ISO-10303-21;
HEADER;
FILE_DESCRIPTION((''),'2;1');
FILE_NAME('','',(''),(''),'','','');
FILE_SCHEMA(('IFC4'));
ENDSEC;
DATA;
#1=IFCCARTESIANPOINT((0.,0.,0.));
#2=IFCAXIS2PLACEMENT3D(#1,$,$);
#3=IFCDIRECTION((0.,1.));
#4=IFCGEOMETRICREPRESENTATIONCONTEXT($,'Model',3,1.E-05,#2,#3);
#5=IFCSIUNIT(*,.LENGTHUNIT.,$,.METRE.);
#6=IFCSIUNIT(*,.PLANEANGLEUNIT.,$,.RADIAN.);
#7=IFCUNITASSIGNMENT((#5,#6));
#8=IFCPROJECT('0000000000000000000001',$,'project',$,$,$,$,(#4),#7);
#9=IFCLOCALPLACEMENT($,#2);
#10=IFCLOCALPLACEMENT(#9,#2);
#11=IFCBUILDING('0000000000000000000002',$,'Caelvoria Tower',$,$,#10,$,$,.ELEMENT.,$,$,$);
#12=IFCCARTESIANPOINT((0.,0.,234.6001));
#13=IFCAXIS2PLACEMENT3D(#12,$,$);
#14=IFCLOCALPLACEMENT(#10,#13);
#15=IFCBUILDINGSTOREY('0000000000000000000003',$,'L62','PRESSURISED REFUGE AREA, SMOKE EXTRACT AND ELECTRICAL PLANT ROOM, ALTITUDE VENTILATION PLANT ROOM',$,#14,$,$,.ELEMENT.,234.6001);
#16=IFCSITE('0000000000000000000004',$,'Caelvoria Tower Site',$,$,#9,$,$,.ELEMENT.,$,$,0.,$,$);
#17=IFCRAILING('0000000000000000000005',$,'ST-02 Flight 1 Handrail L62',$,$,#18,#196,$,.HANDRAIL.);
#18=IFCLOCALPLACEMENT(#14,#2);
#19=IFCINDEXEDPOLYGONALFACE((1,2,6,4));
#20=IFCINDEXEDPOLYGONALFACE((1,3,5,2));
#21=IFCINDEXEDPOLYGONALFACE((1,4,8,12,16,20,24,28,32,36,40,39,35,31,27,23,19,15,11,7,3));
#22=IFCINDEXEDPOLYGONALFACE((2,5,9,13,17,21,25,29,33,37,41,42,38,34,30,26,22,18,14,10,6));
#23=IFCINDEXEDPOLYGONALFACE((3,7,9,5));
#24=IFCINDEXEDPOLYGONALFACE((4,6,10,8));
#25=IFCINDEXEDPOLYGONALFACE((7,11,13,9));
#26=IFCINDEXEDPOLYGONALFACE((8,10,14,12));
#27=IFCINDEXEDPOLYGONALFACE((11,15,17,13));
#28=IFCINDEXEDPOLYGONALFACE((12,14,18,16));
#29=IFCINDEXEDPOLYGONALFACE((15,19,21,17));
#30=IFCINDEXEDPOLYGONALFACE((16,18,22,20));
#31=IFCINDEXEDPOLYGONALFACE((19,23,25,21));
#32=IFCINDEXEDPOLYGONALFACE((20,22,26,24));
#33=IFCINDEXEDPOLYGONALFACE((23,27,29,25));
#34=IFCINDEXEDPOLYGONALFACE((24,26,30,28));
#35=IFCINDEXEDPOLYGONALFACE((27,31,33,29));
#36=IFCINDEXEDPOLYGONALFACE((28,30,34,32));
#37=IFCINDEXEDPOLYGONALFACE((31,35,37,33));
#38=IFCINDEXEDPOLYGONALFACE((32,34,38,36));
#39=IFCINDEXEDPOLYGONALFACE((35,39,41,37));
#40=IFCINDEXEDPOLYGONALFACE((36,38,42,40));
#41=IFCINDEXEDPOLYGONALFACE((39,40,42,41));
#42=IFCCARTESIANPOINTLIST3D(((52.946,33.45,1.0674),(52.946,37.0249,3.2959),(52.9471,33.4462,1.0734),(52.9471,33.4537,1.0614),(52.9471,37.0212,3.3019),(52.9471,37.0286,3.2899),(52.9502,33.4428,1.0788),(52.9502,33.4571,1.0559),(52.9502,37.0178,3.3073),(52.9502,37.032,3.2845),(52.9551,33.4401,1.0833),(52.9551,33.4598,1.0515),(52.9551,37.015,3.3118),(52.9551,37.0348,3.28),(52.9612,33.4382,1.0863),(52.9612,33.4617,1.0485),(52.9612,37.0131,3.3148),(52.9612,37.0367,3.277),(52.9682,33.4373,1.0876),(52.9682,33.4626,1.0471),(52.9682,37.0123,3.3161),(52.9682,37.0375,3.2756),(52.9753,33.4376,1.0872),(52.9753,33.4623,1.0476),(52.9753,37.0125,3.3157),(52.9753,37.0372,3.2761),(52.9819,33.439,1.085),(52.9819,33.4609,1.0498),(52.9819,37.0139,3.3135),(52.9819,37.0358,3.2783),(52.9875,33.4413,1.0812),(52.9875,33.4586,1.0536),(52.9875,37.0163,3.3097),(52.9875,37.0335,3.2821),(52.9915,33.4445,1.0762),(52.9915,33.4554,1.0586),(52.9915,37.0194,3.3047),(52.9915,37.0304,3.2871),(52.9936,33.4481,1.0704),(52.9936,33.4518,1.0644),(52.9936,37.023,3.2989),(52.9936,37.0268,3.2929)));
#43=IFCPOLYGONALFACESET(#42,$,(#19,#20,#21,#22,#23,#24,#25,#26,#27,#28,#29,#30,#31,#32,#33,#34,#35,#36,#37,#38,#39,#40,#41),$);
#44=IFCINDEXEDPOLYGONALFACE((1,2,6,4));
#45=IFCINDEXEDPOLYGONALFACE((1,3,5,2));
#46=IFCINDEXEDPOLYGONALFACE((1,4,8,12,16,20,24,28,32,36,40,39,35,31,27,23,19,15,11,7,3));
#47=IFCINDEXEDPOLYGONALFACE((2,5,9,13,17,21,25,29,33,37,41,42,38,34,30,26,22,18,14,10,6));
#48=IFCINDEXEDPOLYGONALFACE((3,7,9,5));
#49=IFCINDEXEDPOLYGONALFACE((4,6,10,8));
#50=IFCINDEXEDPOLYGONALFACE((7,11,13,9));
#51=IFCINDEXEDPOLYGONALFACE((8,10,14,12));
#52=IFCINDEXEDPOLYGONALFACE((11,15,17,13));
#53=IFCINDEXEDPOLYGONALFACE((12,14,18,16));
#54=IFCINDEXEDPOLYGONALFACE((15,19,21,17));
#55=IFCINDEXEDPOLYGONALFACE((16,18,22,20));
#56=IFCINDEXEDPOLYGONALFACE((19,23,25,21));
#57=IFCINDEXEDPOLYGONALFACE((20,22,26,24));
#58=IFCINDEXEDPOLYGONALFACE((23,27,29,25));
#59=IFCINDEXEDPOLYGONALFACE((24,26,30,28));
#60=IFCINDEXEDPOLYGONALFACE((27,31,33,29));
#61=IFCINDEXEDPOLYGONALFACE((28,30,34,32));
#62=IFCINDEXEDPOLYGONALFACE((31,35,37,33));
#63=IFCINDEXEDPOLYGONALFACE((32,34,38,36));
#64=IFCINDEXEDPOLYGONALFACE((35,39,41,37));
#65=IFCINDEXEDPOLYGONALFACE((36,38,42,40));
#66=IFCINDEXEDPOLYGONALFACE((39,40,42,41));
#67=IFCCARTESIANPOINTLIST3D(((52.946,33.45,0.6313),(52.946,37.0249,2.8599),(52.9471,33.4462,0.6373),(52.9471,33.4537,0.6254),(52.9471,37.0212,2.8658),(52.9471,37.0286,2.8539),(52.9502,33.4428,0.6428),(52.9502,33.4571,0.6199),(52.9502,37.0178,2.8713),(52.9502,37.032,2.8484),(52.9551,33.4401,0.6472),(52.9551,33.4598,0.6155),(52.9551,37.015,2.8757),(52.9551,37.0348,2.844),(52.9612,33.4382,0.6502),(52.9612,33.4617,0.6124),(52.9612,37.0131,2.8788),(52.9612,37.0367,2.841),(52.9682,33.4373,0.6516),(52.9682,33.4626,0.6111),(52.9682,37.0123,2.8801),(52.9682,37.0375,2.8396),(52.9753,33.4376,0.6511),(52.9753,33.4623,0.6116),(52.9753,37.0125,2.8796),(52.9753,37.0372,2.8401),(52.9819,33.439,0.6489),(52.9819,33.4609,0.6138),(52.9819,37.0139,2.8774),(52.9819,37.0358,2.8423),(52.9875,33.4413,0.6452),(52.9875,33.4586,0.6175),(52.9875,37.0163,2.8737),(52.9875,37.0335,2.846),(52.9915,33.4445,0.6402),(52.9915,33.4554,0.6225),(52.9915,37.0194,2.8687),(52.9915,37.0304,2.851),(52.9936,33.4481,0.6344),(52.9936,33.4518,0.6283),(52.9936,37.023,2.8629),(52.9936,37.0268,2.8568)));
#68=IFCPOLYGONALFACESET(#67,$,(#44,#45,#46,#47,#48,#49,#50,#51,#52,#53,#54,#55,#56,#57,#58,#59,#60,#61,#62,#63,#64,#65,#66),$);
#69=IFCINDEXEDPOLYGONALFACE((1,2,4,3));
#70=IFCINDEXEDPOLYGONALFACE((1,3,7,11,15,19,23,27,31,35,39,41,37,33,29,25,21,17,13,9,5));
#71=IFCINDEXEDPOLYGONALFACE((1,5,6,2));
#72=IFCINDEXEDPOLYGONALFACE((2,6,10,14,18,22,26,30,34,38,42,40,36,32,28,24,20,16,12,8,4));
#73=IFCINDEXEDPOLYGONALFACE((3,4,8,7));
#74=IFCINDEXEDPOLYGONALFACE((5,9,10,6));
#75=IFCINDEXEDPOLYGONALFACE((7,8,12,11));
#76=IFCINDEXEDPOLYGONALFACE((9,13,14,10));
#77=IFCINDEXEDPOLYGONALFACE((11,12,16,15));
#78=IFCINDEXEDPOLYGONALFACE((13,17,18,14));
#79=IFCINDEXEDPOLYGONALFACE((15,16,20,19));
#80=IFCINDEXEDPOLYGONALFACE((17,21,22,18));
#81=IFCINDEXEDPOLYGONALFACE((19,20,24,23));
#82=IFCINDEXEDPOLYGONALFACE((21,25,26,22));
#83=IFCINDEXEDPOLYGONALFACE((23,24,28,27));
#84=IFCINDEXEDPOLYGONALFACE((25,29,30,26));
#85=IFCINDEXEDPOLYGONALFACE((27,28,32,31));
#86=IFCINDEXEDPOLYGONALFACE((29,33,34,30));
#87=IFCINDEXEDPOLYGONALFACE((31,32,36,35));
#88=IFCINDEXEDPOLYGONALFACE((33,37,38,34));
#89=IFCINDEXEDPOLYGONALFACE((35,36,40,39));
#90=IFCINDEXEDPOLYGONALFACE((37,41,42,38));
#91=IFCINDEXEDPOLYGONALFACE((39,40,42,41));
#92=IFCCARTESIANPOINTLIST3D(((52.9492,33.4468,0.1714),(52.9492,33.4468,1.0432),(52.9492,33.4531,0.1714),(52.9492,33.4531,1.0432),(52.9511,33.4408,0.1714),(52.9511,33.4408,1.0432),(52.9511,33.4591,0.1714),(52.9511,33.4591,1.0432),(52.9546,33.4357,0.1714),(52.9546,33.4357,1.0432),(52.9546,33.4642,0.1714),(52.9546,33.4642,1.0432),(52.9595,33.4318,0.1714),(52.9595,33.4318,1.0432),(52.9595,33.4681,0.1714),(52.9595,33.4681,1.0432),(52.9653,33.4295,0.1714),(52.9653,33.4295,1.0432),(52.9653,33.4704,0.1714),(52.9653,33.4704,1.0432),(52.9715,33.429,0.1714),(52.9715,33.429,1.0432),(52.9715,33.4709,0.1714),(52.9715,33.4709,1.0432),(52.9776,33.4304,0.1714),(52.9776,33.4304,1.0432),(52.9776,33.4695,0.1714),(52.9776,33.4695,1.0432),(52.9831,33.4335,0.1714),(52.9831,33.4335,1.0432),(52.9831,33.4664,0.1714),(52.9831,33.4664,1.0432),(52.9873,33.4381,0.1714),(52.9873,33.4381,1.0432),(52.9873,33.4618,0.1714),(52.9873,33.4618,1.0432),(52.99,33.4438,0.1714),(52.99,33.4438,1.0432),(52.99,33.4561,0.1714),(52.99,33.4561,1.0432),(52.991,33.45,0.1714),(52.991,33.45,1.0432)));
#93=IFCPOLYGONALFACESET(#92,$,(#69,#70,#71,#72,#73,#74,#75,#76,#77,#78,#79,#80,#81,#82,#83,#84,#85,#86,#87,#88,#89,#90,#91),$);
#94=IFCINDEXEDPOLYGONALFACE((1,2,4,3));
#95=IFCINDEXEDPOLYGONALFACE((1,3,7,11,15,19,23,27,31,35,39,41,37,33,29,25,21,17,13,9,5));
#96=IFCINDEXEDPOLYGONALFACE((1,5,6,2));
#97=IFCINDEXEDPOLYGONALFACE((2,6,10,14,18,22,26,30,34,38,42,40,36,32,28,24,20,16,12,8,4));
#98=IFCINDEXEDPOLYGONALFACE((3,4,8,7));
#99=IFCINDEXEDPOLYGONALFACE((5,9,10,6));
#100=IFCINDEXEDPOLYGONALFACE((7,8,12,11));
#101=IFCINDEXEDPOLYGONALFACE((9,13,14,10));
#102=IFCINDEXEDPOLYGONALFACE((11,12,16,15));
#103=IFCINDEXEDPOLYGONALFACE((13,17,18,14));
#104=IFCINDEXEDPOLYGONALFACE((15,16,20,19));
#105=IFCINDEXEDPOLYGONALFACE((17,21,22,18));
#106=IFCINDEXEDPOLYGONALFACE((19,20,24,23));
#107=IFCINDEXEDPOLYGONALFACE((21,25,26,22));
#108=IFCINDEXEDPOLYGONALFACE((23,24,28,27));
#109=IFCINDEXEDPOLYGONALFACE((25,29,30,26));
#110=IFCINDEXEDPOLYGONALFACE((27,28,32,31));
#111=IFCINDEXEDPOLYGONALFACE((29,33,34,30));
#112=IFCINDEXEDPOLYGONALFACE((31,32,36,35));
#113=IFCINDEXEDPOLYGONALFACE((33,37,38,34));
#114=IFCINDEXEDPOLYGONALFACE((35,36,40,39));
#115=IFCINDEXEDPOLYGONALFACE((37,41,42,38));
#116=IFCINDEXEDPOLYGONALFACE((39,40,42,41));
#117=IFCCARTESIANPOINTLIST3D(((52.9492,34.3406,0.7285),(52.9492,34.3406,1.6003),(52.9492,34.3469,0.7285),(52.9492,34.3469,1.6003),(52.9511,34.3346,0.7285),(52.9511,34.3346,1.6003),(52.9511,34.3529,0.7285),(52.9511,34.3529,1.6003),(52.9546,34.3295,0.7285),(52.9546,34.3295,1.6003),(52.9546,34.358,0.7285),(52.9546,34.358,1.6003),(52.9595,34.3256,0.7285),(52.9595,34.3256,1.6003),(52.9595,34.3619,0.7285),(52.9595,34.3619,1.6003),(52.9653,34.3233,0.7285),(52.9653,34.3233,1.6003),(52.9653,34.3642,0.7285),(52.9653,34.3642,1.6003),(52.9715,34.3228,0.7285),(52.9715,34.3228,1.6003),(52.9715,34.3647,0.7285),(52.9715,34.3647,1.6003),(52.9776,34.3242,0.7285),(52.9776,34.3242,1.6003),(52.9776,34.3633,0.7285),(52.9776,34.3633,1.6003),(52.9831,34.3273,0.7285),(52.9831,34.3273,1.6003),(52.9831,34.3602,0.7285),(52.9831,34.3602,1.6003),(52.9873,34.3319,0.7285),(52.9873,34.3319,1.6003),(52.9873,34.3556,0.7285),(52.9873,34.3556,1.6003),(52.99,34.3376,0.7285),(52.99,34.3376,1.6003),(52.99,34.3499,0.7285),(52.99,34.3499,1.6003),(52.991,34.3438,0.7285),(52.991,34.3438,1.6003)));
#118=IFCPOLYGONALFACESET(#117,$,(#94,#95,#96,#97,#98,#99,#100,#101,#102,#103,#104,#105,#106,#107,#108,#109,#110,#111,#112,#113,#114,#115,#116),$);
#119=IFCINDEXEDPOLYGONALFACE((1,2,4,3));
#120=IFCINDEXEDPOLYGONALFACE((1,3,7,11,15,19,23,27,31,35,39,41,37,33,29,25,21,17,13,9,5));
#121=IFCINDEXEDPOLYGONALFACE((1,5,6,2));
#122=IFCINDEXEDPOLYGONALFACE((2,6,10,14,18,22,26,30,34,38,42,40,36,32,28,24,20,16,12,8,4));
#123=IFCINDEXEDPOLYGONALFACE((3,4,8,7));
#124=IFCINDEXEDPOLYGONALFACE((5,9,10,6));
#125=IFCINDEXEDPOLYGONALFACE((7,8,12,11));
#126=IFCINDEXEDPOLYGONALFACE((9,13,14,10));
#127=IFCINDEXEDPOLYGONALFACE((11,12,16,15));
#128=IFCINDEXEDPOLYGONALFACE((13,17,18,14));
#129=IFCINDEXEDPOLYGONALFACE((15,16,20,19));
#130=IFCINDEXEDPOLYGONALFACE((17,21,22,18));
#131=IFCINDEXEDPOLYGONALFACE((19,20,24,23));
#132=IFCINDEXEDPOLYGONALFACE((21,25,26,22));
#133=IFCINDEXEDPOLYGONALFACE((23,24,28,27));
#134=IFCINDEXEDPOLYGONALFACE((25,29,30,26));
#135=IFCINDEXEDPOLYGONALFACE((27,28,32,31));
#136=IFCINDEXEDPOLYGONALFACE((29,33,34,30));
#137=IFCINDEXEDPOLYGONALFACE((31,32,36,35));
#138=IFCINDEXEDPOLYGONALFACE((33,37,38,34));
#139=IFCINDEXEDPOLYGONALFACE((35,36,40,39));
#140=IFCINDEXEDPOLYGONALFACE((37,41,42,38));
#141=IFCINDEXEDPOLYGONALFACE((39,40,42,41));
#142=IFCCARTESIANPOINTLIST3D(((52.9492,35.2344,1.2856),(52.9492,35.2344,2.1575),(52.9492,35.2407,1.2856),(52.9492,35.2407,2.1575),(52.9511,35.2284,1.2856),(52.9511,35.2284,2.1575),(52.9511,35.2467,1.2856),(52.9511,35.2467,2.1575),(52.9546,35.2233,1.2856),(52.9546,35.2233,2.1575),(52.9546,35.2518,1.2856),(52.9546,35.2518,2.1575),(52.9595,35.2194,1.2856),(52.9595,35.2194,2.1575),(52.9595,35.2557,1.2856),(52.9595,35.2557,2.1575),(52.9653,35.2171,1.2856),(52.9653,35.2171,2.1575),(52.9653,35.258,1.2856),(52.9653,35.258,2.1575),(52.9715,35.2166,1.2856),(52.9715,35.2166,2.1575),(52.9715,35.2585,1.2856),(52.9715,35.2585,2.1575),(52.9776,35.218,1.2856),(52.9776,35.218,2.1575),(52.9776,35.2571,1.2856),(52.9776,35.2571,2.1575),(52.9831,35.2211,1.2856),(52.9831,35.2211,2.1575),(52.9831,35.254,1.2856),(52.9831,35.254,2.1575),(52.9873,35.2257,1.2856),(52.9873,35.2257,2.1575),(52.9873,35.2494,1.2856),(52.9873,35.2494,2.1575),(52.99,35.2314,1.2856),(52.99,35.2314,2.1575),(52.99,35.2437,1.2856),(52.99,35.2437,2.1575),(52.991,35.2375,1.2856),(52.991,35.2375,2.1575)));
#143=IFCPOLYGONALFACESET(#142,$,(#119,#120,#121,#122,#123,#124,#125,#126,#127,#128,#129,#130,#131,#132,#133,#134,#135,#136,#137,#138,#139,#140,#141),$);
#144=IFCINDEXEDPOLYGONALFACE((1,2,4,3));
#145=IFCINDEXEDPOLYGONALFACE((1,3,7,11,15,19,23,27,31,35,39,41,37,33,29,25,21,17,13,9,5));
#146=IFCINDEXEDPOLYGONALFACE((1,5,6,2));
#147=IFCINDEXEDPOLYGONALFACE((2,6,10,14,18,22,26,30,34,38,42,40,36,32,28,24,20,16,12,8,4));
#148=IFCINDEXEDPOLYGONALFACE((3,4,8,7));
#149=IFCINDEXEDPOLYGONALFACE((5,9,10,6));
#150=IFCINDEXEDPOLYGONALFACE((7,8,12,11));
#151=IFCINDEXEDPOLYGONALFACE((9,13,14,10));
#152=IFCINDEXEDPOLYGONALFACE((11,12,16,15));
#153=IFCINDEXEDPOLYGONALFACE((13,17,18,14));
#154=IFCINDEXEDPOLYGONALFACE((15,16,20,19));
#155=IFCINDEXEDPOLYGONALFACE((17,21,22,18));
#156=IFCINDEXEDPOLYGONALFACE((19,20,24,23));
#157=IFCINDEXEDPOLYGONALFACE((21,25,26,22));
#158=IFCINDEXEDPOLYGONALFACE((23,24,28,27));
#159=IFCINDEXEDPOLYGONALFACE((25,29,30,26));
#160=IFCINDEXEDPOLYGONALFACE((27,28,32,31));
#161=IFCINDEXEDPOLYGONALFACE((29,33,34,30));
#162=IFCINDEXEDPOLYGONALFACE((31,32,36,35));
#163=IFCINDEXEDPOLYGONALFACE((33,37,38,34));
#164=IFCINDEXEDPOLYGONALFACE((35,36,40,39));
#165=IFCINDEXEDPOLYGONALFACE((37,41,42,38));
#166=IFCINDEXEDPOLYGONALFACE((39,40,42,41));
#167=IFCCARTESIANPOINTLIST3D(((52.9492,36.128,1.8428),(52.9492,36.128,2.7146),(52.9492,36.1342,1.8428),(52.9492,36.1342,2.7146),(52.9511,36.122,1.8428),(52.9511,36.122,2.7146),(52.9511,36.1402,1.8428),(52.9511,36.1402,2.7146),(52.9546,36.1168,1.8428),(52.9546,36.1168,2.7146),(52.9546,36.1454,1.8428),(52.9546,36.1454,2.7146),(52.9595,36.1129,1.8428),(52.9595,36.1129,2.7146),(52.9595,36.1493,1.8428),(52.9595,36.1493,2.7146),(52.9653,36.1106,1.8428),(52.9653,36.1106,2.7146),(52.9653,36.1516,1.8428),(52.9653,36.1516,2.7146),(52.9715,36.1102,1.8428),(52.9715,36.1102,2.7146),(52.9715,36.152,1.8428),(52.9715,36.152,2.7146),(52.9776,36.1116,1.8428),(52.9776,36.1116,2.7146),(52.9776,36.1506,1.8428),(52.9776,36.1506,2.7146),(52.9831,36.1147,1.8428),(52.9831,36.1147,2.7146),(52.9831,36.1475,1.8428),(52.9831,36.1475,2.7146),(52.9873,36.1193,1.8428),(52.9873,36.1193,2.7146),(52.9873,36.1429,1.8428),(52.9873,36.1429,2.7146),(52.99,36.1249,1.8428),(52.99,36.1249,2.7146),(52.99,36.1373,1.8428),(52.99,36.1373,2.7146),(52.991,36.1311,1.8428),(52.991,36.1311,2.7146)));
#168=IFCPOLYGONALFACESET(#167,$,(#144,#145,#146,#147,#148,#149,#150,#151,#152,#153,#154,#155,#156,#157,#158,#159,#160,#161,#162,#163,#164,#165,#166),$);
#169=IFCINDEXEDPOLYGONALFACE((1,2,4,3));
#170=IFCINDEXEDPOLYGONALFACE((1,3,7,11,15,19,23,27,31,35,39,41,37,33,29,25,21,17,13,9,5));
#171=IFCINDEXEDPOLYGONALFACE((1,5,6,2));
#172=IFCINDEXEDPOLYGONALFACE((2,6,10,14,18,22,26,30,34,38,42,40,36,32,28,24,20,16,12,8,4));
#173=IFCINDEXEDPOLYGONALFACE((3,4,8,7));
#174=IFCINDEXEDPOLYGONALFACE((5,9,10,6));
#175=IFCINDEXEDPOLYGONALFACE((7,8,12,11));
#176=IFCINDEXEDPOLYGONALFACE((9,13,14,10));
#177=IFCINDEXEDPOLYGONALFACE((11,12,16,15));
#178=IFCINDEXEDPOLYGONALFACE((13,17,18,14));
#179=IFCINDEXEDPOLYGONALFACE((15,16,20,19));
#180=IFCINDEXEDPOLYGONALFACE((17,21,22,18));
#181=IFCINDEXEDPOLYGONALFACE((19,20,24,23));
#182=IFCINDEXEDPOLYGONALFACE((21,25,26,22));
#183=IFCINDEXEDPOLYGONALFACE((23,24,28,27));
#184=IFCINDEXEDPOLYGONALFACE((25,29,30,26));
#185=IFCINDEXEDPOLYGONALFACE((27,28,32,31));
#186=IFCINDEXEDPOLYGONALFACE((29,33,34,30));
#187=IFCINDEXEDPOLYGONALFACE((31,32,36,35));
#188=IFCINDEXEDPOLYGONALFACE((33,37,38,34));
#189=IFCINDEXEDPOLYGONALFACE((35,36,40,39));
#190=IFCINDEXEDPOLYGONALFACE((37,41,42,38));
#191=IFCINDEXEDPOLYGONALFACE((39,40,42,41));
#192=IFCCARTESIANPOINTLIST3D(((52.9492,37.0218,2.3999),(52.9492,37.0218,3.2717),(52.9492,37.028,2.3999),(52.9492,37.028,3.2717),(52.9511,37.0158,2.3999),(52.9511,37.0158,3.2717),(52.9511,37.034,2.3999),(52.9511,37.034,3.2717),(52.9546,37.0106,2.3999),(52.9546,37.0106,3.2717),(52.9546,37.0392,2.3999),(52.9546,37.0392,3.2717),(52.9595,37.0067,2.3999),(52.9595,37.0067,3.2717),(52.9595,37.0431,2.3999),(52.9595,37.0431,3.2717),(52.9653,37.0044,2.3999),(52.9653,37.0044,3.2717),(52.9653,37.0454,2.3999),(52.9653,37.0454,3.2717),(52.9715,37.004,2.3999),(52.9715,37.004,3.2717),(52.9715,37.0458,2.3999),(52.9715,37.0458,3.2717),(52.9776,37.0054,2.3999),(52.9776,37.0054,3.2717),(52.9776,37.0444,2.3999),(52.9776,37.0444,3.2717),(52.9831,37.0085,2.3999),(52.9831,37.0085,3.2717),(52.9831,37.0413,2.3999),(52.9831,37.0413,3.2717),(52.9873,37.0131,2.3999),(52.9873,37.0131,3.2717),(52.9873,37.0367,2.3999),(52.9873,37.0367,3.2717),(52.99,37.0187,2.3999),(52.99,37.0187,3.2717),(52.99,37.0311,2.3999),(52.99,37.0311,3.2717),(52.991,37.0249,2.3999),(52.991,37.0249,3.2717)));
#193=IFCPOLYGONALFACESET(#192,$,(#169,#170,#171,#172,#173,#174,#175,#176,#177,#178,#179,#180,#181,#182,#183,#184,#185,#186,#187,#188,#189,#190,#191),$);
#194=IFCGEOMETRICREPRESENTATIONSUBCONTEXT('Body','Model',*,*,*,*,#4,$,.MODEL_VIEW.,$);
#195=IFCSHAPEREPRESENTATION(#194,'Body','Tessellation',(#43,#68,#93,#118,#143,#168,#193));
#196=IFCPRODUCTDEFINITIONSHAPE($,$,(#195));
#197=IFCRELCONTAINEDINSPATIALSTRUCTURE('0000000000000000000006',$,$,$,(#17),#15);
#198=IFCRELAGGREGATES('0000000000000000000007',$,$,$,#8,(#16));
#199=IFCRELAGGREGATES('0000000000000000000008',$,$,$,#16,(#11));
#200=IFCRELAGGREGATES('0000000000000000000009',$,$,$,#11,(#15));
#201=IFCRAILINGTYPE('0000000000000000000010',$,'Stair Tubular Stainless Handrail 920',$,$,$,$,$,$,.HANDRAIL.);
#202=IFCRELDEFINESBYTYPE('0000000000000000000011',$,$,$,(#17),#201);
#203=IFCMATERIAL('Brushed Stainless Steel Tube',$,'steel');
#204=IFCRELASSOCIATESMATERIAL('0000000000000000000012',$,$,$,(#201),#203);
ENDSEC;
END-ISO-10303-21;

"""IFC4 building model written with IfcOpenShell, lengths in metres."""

from ifc_helpers import new_model, si_unit, direction, frame, origin, origin_2d, place, context, subcontext, project, spatial, circle, extrude, material, type_object, element, save


model = new_model("IFC4")

# Units and contexts
model_context = context("Model", 3, precision=1e-05, world=origin(), true_north=direction((0.0, 1.0)))
body_context = subcontext(model_context, "Body", "Model", "MODEL_VIEW")
ifc_project = project(units=[si_unit("LENGTHUNIT", "METRE"), si_unit("PLANEANGLEUNIT", "RADIAN")], contexts=[model_context])

# Site, building, storey
site_placement = place(None, origin())
site = spatial("IfcSite", under=ifc_project, at=site_placement, Name="Caelvoria Tower Site", CompositionType="ELEMENT", RefElevation=0.0)
building_placement = place(site_placement, origin())
building = spatial("IfcBuilding", under=site, at=building_placement, Name="Caelvoria Tower", CompositionType="ELEMENT")
storey_placement = place(building_placement, frame((0.0, 0.0, 234.6001)))
storey = spatial("IfcBuildingStorey", under=building, at=storey_placement, Name="L62", Description="PRESSURISED REFUGE AREA, SMOKE EXTRACT AND ELECTRICAL PLANT ROOM, ALTITUDE VENTILATION PLANT ROOM", CompositionType="ELEMENT", Elevation=234.6001)

# Railing
ifc_material_1 = material(Name="Brushed Stainless Steel Tube", Category="steel")
railing_type_1 = type_object("IfcRailingType", Name="Stair Tubular Stainless Handrail 920", PredefinedType="HANDRAIL", material=ifc_material_1)
railing_1_placement = place(storey_placement, frame((52.97, 33.45, 0.1714)))
element("IfcRailing", 1, at=railing_1_placement, inside=storey, type_object=railing_type_1, Name="ST-02 Flight 1 Handrail L62", PredefinedType="HANDRAIL", context=body_context, shape_type="SweptSolid", body=[
    extrude(circle(Radius=0.0239, at=origin_2d()), frame((0.0, 0.0, 0.896), z_axis=(0.0, 0.84862, 0.529004), x_axis=(-1.0, 0.0, 0.0)), (0.0, 0.0, 1.0), 4.2126),
    extrude(circle(Radius=0.0239, at=origin_2d()), frame((0.0, 0.0, 0.46), z_axis=(0.0, 0.84862, 0.529004), x_axis=(-1.0, 0.0, 0.0)), (0.0, 0.0, 1.0), 4.2126),
    extrude(circle(Radius=0.021, at=origin_2d()), origin(), (0.0, 0.0, 1.0), 0.8718),
    extrude(circle(Radius=0.021, at=origin_2d()), frame((0.0, 0.8938, 0.5571)), (0.0, 0.0, 1.0), 0.8718),
    extrude(circle(Radius=0.021, at=origin_2d()), frame((0.0, 1.7876, 1.1143)), (0.0, 0.0, 1.0), 0.8718),
    extrude(circle(Radius=0.021, at=origin_2d()), frame((0.0, 2.6812, 1.6714)), (0.0, 0.0, 1.0), 0.8718),
    extrude(circle(Radius=0.021, at=origin_2d()), frame((0.0, 3.575, 2.2285)), (0.0, 0.0, 1.0), 0.8718),
])

save(model, "model.ifc")
